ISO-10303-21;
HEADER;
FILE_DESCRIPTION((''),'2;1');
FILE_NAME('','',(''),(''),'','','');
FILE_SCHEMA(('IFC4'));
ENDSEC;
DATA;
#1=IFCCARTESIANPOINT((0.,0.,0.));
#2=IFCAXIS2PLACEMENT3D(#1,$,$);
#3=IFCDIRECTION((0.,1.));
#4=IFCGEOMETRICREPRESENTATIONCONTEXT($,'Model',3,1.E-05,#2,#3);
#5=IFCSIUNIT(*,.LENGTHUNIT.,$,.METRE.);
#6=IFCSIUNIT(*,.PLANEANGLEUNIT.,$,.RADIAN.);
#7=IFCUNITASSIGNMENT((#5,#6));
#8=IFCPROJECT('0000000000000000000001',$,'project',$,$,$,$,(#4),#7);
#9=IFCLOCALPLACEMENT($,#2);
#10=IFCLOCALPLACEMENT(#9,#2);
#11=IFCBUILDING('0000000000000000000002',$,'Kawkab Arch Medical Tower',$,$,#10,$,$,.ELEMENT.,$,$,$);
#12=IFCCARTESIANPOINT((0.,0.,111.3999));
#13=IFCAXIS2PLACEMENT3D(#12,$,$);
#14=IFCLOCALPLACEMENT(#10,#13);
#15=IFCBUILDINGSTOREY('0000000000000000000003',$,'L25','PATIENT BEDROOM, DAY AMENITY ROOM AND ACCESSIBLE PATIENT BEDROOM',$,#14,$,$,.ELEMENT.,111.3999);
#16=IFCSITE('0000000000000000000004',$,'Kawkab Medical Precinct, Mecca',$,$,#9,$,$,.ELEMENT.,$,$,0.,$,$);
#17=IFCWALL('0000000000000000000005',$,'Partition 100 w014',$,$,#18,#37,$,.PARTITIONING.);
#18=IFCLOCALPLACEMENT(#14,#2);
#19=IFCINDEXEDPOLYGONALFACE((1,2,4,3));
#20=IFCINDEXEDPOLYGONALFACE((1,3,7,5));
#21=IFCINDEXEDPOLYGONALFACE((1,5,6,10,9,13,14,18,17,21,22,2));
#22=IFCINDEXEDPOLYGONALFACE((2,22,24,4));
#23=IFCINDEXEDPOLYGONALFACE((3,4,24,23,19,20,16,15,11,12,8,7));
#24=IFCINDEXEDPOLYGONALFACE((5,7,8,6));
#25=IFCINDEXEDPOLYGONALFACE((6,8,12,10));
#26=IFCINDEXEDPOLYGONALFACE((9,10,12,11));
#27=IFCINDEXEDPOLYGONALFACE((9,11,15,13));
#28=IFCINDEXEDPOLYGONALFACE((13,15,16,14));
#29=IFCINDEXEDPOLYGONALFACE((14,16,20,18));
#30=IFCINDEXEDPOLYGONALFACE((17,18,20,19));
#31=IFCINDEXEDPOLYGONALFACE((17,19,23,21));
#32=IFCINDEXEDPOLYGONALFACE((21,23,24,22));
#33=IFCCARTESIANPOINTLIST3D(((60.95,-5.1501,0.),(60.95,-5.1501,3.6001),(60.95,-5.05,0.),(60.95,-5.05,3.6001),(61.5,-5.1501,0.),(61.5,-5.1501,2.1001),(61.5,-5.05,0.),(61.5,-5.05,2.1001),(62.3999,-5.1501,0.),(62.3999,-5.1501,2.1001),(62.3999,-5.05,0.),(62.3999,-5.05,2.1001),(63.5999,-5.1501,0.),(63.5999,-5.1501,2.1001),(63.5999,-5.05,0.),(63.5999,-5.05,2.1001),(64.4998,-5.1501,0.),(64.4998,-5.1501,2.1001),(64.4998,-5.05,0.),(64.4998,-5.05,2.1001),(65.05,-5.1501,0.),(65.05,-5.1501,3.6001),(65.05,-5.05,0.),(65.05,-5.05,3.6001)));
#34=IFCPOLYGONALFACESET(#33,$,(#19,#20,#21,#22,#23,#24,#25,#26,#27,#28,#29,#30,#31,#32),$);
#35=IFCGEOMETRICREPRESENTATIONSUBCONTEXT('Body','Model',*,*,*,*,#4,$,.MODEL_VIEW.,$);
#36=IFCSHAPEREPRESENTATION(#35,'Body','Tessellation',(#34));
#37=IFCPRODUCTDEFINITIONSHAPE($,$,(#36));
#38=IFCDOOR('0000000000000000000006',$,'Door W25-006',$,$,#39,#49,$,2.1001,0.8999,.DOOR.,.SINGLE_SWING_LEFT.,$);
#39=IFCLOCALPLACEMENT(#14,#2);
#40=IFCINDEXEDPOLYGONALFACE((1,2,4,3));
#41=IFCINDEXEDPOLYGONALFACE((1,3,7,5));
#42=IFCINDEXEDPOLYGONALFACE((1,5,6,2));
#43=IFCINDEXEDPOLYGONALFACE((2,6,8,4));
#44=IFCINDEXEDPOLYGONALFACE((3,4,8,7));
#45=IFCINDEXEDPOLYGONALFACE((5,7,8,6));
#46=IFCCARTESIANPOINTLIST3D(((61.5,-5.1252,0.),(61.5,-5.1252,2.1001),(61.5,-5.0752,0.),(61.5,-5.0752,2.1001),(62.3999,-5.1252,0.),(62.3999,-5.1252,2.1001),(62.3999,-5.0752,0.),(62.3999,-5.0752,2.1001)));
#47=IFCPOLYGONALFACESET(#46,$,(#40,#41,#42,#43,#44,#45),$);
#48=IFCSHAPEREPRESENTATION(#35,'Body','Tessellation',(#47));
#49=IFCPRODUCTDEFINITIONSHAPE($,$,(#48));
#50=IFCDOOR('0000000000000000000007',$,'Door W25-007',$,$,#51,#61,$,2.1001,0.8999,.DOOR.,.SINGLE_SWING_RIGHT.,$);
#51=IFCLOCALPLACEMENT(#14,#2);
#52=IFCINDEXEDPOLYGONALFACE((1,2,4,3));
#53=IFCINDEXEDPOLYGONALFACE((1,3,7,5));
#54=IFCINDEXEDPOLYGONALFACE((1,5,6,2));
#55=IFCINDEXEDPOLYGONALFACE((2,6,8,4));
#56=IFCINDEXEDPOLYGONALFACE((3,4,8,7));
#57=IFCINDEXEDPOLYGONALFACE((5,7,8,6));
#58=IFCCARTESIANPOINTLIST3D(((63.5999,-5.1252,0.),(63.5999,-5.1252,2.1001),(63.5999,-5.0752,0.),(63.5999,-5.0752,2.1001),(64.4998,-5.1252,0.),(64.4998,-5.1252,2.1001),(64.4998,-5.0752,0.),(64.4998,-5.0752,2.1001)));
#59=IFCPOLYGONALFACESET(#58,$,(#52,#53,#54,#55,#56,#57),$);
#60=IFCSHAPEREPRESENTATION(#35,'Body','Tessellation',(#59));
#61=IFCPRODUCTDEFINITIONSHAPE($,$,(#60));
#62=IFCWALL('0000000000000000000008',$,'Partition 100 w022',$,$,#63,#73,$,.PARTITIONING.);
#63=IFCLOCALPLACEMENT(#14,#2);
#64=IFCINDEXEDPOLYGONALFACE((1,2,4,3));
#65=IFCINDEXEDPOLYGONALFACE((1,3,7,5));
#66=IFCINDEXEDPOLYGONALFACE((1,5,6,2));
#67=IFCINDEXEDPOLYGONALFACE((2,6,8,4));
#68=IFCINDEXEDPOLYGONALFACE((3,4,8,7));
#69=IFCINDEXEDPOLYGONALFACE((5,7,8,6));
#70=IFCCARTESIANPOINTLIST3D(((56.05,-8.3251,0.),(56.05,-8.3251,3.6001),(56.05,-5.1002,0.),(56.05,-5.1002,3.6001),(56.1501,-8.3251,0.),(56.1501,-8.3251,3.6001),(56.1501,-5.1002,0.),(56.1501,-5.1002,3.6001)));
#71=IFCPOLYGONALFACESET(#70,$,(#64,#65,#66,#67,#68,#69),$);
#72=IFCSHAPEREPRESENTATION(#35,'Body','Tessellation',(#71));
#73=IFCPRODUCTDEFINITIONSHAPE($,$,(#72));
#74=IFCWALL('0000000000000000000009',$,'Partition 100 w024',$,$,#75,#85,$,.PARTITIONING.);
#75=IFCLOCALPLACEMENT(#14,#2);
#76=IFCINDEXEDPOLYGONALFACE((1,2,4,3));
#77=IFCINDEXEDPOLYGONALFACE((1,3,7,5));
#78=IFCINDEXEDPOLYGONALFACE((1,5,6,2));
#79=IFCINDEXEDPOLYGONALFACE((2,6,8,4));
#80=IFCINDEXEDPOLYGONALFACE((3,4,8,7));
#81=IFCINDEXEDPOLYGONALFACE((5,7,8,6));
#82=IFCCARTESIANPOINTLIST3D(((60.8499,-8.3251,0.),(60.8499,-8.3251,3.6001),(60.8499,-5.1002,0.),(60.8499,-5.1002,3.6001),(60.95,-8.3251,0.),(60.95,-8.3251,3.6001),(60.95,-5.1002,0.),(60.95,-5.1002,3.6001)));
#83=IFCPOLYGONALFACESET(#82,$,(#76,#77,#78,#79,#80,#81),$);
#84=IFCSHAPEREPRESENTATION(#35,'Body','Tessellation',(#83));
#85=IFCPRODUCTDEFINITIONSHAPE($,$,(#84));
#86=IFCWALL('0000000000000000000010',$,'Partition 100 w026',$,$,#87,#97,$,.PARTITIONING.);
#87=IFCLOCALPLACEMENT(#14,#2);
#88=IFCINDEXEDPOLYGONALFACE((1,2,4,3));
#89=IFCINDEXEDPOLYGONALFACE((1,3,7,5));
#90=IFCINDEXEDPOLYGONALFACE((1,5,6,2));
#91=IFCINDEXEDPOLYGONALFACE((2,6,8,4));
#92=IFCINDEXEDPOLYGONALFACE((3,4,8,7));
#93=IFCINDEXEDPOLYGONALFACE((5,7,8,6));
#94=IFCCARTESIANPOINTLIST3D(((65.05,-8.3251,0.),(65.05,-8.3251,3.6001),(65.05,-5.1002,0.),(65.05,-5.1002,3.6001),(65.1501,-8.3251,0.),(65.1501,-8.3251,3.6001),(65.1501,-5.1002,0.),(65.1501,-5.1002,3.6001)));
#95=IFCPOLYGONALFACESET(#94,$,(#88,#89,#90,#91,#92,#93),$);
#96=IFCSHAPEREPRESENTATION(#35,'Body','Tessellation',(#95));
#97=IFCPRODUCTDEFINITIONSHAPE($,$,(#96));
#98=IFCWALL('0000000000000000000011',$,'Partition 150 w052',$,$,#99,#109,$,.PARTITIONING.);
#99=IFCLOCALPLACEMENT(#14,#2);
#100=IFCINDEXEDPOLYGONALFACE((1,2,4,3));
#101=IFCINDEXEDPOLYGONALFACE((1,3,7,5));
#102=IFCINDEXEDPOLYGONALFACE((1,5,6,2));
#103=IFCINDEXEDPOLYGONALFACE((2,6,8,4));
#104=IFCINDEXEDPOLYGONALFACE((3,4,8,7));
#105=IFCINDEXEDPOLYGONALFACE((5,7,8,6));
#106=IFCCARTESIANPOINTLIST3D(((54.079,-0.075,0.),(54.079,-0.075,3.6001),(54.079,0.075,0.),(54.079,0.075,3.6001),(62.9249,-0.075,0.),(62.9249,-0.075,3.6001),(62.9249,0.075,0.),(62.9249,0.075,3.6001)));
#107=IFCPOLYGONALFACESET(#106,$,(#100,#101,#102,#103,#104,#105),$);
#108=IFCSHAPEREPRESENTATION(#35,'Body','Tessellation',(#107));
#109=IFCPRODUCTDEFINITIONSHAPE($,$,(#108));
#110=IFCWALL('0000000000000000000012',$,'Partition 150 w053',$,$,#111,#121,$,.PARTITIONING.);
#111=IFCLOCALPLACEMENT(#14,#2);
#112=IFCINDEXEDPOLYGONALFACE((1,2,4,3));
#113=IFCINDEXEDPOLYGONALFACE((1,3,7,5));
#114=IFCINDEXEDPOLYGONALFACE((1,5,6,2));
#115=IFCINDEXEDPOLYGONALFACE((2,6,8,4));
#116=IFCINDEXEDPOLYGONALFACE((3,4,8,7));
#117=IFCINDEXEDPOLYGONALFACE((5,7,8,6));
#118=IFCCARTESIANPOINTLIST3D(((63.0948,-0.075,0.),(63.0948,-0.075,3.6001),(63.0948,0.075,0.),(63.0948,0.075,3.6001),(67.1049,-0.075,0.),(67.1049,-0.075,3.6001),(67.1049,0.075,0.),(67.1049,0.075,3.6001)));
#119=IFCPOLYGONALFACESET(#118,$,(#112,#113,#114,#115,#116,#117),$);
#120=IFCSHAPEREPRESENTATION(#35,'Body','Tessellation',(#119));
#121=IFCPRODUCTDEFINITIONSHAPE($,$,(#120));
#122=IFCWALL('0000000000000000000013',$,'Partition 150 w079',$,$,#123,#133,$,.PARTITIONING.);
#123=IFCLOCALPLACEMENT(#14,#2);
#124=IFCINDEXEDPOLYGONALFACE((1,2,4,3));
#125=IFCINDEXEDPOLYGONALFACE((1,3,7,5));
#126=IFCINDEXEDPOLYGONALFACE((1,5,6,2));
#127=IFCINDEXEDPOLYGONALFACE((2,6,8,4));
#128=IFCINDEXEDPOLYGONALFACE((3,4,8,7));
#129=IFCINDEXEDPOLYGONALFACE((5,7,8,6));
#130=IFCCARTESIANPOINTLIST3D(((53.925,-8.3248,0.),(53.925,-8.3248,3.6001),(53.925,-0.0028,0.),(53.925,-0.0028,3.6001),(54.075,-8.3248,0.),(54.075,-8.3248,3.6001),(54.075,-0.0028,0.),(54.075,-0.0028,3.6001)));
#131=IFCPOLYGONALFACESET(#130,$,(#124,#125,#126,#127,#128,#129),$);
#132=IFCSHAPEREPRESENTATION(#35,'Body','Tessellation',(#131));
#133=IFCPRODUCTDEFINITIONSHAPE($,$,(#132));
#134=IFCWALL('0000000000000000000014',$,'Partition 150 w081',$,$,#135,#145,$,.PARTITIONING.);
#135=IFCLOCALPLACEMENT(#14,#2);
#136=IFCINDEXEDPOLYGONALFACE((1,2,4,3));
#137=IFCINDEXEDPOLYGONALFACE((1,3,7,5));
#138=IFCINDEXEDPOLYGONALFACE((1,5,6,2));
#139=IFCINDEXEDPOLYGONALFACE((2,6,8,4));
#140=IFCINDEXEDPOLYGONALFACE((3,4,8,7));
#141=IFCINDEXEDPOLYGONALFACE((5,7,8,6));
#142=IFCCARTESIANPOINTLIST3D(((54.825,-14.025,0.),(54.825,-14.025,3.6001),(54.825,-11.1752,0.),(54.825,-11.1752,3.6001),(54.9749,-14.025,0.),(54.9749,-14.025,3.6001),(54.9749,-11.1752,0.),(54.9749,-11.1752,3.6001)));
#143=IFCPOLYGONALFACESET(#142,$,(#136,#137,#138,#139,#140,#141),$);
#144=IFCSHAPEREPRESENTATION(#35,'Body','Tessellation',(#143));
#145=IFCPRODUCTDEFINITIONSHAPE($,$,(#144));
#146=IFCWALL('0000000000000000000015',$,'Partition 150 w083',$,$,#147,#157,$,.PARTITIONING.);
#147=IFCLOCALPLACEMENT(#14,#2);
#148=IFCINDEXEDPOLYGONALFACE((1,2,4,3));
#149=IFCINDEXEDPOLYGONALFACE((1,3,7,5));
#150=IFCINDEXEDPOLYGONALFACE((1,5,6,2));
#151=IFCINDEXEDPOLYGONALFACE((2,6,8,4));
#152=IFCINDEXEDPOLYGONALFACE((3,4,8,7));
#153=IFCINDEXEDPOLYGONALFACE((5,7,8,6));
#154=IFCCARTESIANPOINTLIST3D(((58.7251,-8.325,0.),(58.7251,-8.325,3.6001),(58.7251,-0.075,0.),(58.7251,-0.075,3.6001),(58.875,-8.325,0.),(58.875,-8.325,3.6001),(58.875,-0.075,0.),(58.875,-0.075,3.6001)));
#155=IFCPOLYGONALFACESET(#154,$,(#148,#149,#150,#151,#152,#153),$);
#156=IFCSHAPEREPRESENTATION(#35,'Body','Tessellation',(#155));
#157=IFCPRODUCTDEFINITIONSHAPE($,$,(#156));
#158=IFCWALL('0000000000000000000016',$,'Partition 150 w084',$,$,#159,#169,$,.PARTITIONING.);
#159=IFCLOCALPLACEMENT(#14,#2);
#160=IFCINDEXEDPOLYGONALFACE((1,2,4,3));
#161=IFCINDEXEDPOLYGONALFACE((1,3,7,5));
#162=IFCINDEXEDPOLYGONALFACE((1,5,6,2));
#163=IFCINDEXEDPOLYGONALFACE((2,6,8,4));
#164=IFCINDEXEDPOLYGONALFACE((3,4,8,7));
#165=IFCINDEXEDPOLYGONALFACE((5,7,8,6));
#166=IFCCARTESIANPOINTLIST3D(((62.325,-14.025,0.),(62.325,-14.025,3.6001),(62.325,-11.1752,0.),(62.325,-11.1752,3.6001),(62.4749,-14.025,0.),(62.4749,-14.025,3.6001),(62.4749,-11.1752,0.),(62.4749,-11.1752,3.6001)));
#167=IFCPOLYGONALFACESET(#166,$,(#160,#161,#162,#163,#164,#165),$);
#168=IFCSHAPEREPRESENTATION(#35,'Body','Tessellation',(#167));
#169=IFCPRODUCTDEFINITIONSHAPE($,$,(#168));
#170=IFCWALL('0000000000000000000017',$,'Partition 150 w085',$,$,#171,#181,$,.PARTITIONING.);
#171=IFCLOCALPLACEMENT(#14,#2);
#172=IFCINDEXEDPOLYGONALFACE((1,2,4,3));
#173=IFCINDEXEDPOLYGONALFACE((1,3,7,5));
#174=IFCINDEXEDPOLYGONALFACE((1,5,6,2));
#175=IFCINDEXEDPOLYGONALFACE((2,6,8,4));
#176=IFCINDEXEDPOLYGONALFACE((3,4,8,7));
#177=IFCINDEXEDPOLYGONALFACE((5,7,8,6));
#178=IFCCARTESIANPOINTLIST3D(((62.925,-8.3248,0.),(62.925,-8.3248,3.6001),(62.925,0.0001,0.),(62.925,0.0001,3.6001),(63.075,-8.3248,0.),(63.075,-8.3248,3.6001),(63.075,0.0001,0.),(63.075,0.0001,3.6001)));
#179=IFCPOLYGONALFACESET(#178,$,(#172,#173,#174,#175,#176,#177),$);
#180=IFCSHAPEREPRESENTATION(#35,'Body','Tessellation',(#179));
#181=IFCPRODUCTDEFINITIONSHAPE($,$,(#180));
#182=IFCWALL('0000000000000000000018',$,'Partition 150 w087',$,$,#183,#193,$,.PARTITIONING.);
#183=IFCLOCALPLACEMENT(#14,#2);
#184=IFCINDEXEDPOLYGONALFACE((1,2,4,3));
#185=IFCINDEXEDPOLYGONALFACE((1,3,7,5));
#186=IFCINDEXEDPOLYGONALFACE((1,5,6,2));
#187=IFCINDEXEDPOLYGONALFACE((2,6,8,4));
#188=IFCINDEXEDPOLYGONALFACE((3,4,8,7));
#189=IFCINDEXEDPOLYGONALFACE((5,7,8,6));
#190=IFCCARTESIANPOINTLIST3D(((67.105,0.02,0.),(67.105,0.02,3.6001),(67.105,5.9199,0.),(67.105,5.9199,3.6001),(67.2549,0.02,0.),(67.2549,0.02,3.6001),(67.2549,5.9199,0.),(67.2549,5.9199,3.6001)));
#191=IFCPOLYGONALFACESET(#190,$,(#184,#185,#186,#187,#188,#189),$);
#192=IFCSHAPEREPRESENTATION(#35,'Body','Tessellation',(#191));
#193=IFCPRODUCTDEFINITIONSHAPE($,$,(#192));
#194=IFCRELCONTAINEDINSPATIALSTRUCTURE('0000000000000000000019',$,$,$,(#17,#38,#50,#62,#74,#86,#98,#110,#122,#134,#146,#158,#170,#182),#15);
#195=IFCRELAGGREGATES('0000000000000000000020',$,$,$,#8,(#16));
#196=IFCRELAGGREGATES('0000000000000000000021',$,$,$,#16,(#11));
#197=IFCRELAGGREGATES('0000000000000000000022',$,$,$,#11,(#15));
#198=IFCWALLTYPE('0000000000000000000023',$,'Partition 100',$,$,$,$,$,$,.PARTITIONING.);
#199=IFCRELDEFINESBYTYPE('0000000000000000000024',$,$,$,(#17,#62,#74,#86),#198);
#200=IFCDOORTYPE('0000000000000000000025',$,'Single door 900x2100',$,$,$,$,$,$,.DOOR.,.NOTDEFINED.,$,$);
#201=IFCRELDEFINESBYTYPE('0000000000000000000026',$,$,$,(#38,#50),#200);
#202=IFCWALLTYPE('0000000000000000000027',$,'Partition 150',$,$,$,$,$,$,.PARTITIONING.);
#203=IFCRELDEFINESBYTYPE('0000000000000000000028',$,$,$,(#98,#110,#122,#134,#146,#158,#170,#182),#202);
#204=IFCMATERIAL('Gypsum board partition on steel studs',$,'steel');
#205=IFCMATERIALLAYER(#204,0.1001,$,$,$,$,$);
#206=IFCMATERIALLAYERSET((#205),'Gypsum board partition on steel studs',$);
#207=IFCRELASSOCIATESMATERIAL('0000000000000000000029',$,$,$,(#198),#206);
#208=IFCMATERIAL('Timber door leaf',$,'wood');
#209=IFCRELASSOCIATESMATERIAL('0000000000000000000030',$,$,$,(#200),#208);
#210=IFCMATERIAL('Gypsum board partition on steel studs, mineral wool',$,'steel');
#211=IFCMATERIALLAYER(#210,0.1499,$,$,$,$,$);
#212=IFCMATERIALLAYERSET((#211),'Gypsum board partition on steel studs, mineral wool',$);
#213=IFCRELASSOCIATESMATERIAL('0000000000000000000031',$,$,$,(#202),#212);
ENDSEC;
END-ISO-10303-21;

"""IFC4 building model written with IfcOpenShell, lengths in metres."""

from ifc_helpers import new_model, si_unit, direction, frame, frame_2d, origin, place, context, subcontext, project, spatial, rectangle, extrude, material, layer, layer_set, type_object, element, fill, save


model = new_model("IFC4")

# Units and contexts
model_context = context("Model", 3, precision=1e-05, world=origin(), true_north=direction((0.0, 1.0)))
body_context = subcontext(model_context, "Body", "Model", "MODEL_VIEW")
ifc_project = project(units=[si_unit("LENGTHUNIT", "METRE"), si_unit("PLANEANGLEUNIT", "RADIAN")], contexts=[model_context])

# Site, building, storey
site_placement = place(None, origin())
site = spatial("IfcSite", under=ifc_project, at=site_placement, Name="Kawkab Medical Precinct, Mecca", CompositionType="ELEMENT", RefElevation=0.0)
building_placement = place(site_placement, origin())
building = spatial("IfcBuilding", under=site, at=building_placement, Name="Kawkab Arch Medical Tower", CompositionType="ELEMENT")
storey_placement = place(building_placement, frame((0.0, 0.0, 111.3999)))
storey = spatial("IfcBuildingStorey", under=building, at=storey_placement, Name="L25", Description="PATIENT BEDROOM, DAY AMENITY ROOM AND ACCESSIBLE PATIENT BEDROOM", CompositionType="ELEMENT", Elevation=111.3999)

# Shared definitions
ifc_material_1 = material(Name="Gypsum board partition on steel studs", Category="steel")
ifc_layer_1 = layer(ifc_material_1, 0.1001)
ifc_layer_set_1 = layer_set([ifc_layer_1], Name="Gypsum board partition on steel studs")
wall_type_1 = type_object("IfcWallType", Name="Partition 100", PredefinedType="PARTITIONING", material=ifc_layer_set_1)
ifc_material_2 = material(Name="Timber door leaf", Category="wood")
door_type = type_object("IfcDoorType", Name="Single door 900x2100", OperationType="NOTDEFINED", PredefinedType="DOOR", material=ifc_material_2)

# Wall, openings, doors
wall_1_placement = place(storey_placement, frame((60.95, -5.1001, 0.0), z_axis=(0.0, 0.0, 1.0), x_axis=(1.0, 0.0, 0.0)))
wall_1 = element("IfcWall", 1, at=wall_1_placement, inside=storey, type_object=wall_type_1, Name="Partition 100 w014", PredefinedType="PARTITIONING", context=body_context, shape_type="SweptSolid", body=[
    extrude(rectangle(XDim=4.1001, YDim=0.1001, at=frame_2d((2.05, 0.0))), origin(), (0.0, 0.0, 1.0), 3.6001),
])
opening_1_placement = place(wall_1_placement, frame((0.55, 0.0, 0.0)))
opening_1 = element("IfcOpeningElement", 2, at=opening_1_placement, cuts=wall_1, PredefinedType="OPENING", context=body_context, shape_type="SweptSolid", body=[
    extrude(rectangle(XDim=0.8999, YDim=2.1001, at=frame_2d((0.45, 1.05))), frame((0.0, 0.0601, 0.0), z_axis=(0.0, -1.0, 0.0), x_axis=(1.0, 0.0, 0.0)), (0.0, 0.0, 1.0), 0.1201),
])
opening_2_placement = place(wall_1_placement, frame((2.6499, 0.0, 0.0)))
opening_2 = element("IfcOpeningElement", 3, at=opening_2_placement, cuts=wall_1, PredefinedType="OPENING", context=body_context, shape_type="SweptSolid", body=[
    extrude(rectangle(XDim=0.8999, YDim=2.1001, at=frame_2d((0.45, 1.05))), frame((0.0, 0.0601, 0.0), z_axis=(0.0, -1.0, 0.0), x_axis=(1.0, 0.0, 0.0)), (0.0, 0.0, 1.0), 0.1201),
])
door_1_placement = place(opening_1_placement, origin())
door_1 = element("IfcDoor", 4, at=door_1_placement, inside=storey, type_object=door_type, Name="Door W25-006", OperationType="SINGLE_SWING_LEFT", OverallHeight=2.1001, OverallWidth=0.8999, PredefinedType="DOOR", context=body_context, shape_type="SweptSolid", body=[
    extrude(rectangle(XDim=0.8999, YDim=2.1001, at=frame_2d((0.45, 1.05))), frame((0.0, 0.0249, 0.0), z_axis=(0.0, -1.0, 0.0), x_axis=(1.0, 0.0, 0.0)), (0.0, 0.0, 1.0), 0.05),
])
fill(opening_1, door_1)
door_2_placement = place(opening_2_placement, origin())
door_2 = element("IfcDoor", 5, at=door_2_placement, inside=storey, type_object=door_type, Name="Door W25-007", OperationType="SINGLE_SWING_RIGHT", OverallHeight=2.1001, OverallWidth=0.8999, PredefinedType="DOOR", context=body_context, shape_type="SweptSolid", body=[
    extrude(rectangle(XDim=0.8999, YDim=2.1001, at=frame_2d((0.45, 1.05))), frame((0.0, 0.0249, 0.0), z_axis=(0.0, -1.0, 0.0), x_axis=(1.0, 0.0, 0.0)), (0.0, 0.0, 1.0), 0.05),
])
fill(opening_2, door_2)

# Walls
for number, where, z_axis, x_axis, name in (
    (6, (56.1001, -8.325, 0.0), (0.0, 0.0, 1.0), (0.0, 1.0, 0.0), "Partition 100 w022"),
    (7, (60.8999, -8.325, 0.0), (0.0, 0.0, 1.0), (0.0, 1.0, 0.0), "Partition 100 w024"),
    (8, (65.1001, -8.325, 0.0), (0.0, 0.0, 1.0), (0.0, 1.0, 0.0), "Partition 100 w026"),
):
    element("IfcWall", number, at=place(storey_placement, frame(where, z_axis=z_axis, x_axis=x_axis)), inside=storey, type_object=wall_type_1, Name=name, PredefinedType="PARTITIONING", context=body_context, shape_type="SweptSolid", body=[
        extrude(rectangle(XDim=3.2249, YDim=0.1001, at=frame_2d((1.6123, 0.0))), origin(), (0.0, 0.0, 1.0), 3.6001),
    ])
ifc_material_3 = material(Name="Gypsum board partition on steel studs, mineral wool", Category="steel")
ifc_layer_2 = layer(ifc_material_3, 0.1499)
ifc_layer_set_2 = layer_set([ifc_layer_2], Name="Gypsum board partition on steel studs, mineral wool")
wall_type_2 = type_object("IfcWallType", Name="Partition 150", PredefinedType="PARTITIONING", material=ifc_layer_set_2)
wall_2_placement = place(storey_placement, frame((54.0791, 0.0, 0.0), z_axis=(0.0, 0.0, 1.0), x_axis=(1.0, 0.0, 0.0)))
element("IfcWall", 9, at=wall_2_placement, inside=storey, type_object=wall_type_2, Name="Partition 150 w052", PredefinedType="PARTITIONING", context=body_context, shape_type="SweptSolid", body=[
    extrude(rectangle(XDim=8.8459, YDim=0.1499, at=frame_2d((4.4229, 0.0))), origin(), (0.0, 0.0, 1.0), 3.6001),
])
wall_3_placement = place(storey_placement, frame((63.095, 0.0, 0.0), z_axis=(0.0, 0.0, 1.0), x_axis=(1.0, 0.0, 0.0)))
element("IfcWall", 10, at=wall_3_placement, inside=storey, type_object=wall_type_2, Name="Partition 150 w053", PredefinedType="PARTITIONING", context=body_context, shape_type="SweptSolid", body=[
    extrude(rectangle(XDim=4.01, YDim=0.1499, at=frame_2d((2.0049, 0.0))), origin(), (0.0, 0.0, 1.0), 3.6001),
])
wall_4_placement = place(storey_placement, frame((54.0, -8.325, 0.0), z_axis=(0.0, 0.0, 1.0), x_axis=(0.0, 1.0, 0.0)))
element("IfcWall", 11, at=wall_4_placement, inside=storey, type_object=wall_type_2, Name="Partition 150 w079", PredefinedType="PARTITIONING", context=body_context, shape_type="SweptSolid", body=[
    extrude(rectangle(XDim=8.322, YDim=0.1499, at=frame_2d((4.1611, 0.0))), origin(), (0.0, 0.0, 1.0), 3.6001),
])
wall_5_placement = place(storey_placement, frame((54.8999, -14.0249, 0.0), z_axis=(0.0, 0.0, 1.0), x_axis=(0.0, 1.0, 0.0)))
element("IfcWall", 12, at=wall_5_placement, inside=storey, type_object=wall_type_2, Name="Partition 150 w081", PredefinedType="PARTITIONING", context=body_context, shape_type="SweptSolid", body=[
    extrude(rectangle(XDim=2.8499, YDim=0.1499, at=frame_2d((1.4248, 0.0))), origin(), (0.0, 0.0, 1.0), 3.6001),
])
wall_6_placement = place(storey_placement, frame((58.8, -8.325, 0.0), z_axis=(0.0, 0.0, 1.0), x_axis=(0.0, 1.0, 0.0)))
element("IfcWall", 13, at=wall_6_placement, inside=storey, type_object=wall_type_2, Name="Partition 150 w083", PredefinedType="PARTITIONING", context=body_context, shape_type="SweptSolid", body=[
    extrude(rectangle(XDim=8.25, YDim=0.1499, at=frame_2d((4.125, 0.0))), origin(), (0.0, 0.0, 1.0), 3.6001),
])
wall_7_placement = place(storey_placement, frame((62.3999, -14.0249, 0.0), z_axis=(0.0, 0.0, 1.0), x_axis=(0.0, 1.0, 0.0)))
element("IfcWall", 14, at=wall_7_placement, inside=storey, type_object=wall_type_2, Name="Partition 150 w084", PredefinedType="PARTITIONING", context=body_context, shape_type="SweptSolid", body=[
    extrude(rectangle(XDim=2.8499, YDim=0.1499, at=frame_2d((1.4248, 0.0))), origin(), (0.0, 0.0, 1.0), 3.6001),
])
wall_8_placement = place(storey_placement, frame((63.0, -8.325, 0.0), z_axis=(0.0, 0.0, 1.0), x_axis=(0.0, 1.0, 0.0)))
element("IfcWall", 15, at=wall_8_placement, inside=storey, type_object=wall_type_2, Name="Partition 150 w085", PredefinedType="PARTITIONING", context=body_context, shape_type="SweptSolid", body=[
    extrude(rectangle(XDim=8.325, YDim=0.1499, at=frame_2d((4.1626, 0.0))), origin(), (0.0, 0.0, 1.0), 3.6001),
])
wall_9_placement = place(storey_placement, frame((67.1799, 0.02, 0.0), z_axis=(0.0, 0.0, 1.0), x_axis=(0.0, 1.0, 0.0)))
element("IfcWall", 16, at=wall_9_placement, inside=storey, type_object=wall_type_2, Name="Partition 150 w087", PredefinedType="PARTITIONING", context=body_context, shape_type="SweptSolid", body=[
    extrude(rectangle(XDim=5.8999, YDim=0.1499, at=frame_2d((2.95, 0.0))), origin(), (0.0, 0.0, 1.0), 3.6001),
])

save(model, "model.ifc")
